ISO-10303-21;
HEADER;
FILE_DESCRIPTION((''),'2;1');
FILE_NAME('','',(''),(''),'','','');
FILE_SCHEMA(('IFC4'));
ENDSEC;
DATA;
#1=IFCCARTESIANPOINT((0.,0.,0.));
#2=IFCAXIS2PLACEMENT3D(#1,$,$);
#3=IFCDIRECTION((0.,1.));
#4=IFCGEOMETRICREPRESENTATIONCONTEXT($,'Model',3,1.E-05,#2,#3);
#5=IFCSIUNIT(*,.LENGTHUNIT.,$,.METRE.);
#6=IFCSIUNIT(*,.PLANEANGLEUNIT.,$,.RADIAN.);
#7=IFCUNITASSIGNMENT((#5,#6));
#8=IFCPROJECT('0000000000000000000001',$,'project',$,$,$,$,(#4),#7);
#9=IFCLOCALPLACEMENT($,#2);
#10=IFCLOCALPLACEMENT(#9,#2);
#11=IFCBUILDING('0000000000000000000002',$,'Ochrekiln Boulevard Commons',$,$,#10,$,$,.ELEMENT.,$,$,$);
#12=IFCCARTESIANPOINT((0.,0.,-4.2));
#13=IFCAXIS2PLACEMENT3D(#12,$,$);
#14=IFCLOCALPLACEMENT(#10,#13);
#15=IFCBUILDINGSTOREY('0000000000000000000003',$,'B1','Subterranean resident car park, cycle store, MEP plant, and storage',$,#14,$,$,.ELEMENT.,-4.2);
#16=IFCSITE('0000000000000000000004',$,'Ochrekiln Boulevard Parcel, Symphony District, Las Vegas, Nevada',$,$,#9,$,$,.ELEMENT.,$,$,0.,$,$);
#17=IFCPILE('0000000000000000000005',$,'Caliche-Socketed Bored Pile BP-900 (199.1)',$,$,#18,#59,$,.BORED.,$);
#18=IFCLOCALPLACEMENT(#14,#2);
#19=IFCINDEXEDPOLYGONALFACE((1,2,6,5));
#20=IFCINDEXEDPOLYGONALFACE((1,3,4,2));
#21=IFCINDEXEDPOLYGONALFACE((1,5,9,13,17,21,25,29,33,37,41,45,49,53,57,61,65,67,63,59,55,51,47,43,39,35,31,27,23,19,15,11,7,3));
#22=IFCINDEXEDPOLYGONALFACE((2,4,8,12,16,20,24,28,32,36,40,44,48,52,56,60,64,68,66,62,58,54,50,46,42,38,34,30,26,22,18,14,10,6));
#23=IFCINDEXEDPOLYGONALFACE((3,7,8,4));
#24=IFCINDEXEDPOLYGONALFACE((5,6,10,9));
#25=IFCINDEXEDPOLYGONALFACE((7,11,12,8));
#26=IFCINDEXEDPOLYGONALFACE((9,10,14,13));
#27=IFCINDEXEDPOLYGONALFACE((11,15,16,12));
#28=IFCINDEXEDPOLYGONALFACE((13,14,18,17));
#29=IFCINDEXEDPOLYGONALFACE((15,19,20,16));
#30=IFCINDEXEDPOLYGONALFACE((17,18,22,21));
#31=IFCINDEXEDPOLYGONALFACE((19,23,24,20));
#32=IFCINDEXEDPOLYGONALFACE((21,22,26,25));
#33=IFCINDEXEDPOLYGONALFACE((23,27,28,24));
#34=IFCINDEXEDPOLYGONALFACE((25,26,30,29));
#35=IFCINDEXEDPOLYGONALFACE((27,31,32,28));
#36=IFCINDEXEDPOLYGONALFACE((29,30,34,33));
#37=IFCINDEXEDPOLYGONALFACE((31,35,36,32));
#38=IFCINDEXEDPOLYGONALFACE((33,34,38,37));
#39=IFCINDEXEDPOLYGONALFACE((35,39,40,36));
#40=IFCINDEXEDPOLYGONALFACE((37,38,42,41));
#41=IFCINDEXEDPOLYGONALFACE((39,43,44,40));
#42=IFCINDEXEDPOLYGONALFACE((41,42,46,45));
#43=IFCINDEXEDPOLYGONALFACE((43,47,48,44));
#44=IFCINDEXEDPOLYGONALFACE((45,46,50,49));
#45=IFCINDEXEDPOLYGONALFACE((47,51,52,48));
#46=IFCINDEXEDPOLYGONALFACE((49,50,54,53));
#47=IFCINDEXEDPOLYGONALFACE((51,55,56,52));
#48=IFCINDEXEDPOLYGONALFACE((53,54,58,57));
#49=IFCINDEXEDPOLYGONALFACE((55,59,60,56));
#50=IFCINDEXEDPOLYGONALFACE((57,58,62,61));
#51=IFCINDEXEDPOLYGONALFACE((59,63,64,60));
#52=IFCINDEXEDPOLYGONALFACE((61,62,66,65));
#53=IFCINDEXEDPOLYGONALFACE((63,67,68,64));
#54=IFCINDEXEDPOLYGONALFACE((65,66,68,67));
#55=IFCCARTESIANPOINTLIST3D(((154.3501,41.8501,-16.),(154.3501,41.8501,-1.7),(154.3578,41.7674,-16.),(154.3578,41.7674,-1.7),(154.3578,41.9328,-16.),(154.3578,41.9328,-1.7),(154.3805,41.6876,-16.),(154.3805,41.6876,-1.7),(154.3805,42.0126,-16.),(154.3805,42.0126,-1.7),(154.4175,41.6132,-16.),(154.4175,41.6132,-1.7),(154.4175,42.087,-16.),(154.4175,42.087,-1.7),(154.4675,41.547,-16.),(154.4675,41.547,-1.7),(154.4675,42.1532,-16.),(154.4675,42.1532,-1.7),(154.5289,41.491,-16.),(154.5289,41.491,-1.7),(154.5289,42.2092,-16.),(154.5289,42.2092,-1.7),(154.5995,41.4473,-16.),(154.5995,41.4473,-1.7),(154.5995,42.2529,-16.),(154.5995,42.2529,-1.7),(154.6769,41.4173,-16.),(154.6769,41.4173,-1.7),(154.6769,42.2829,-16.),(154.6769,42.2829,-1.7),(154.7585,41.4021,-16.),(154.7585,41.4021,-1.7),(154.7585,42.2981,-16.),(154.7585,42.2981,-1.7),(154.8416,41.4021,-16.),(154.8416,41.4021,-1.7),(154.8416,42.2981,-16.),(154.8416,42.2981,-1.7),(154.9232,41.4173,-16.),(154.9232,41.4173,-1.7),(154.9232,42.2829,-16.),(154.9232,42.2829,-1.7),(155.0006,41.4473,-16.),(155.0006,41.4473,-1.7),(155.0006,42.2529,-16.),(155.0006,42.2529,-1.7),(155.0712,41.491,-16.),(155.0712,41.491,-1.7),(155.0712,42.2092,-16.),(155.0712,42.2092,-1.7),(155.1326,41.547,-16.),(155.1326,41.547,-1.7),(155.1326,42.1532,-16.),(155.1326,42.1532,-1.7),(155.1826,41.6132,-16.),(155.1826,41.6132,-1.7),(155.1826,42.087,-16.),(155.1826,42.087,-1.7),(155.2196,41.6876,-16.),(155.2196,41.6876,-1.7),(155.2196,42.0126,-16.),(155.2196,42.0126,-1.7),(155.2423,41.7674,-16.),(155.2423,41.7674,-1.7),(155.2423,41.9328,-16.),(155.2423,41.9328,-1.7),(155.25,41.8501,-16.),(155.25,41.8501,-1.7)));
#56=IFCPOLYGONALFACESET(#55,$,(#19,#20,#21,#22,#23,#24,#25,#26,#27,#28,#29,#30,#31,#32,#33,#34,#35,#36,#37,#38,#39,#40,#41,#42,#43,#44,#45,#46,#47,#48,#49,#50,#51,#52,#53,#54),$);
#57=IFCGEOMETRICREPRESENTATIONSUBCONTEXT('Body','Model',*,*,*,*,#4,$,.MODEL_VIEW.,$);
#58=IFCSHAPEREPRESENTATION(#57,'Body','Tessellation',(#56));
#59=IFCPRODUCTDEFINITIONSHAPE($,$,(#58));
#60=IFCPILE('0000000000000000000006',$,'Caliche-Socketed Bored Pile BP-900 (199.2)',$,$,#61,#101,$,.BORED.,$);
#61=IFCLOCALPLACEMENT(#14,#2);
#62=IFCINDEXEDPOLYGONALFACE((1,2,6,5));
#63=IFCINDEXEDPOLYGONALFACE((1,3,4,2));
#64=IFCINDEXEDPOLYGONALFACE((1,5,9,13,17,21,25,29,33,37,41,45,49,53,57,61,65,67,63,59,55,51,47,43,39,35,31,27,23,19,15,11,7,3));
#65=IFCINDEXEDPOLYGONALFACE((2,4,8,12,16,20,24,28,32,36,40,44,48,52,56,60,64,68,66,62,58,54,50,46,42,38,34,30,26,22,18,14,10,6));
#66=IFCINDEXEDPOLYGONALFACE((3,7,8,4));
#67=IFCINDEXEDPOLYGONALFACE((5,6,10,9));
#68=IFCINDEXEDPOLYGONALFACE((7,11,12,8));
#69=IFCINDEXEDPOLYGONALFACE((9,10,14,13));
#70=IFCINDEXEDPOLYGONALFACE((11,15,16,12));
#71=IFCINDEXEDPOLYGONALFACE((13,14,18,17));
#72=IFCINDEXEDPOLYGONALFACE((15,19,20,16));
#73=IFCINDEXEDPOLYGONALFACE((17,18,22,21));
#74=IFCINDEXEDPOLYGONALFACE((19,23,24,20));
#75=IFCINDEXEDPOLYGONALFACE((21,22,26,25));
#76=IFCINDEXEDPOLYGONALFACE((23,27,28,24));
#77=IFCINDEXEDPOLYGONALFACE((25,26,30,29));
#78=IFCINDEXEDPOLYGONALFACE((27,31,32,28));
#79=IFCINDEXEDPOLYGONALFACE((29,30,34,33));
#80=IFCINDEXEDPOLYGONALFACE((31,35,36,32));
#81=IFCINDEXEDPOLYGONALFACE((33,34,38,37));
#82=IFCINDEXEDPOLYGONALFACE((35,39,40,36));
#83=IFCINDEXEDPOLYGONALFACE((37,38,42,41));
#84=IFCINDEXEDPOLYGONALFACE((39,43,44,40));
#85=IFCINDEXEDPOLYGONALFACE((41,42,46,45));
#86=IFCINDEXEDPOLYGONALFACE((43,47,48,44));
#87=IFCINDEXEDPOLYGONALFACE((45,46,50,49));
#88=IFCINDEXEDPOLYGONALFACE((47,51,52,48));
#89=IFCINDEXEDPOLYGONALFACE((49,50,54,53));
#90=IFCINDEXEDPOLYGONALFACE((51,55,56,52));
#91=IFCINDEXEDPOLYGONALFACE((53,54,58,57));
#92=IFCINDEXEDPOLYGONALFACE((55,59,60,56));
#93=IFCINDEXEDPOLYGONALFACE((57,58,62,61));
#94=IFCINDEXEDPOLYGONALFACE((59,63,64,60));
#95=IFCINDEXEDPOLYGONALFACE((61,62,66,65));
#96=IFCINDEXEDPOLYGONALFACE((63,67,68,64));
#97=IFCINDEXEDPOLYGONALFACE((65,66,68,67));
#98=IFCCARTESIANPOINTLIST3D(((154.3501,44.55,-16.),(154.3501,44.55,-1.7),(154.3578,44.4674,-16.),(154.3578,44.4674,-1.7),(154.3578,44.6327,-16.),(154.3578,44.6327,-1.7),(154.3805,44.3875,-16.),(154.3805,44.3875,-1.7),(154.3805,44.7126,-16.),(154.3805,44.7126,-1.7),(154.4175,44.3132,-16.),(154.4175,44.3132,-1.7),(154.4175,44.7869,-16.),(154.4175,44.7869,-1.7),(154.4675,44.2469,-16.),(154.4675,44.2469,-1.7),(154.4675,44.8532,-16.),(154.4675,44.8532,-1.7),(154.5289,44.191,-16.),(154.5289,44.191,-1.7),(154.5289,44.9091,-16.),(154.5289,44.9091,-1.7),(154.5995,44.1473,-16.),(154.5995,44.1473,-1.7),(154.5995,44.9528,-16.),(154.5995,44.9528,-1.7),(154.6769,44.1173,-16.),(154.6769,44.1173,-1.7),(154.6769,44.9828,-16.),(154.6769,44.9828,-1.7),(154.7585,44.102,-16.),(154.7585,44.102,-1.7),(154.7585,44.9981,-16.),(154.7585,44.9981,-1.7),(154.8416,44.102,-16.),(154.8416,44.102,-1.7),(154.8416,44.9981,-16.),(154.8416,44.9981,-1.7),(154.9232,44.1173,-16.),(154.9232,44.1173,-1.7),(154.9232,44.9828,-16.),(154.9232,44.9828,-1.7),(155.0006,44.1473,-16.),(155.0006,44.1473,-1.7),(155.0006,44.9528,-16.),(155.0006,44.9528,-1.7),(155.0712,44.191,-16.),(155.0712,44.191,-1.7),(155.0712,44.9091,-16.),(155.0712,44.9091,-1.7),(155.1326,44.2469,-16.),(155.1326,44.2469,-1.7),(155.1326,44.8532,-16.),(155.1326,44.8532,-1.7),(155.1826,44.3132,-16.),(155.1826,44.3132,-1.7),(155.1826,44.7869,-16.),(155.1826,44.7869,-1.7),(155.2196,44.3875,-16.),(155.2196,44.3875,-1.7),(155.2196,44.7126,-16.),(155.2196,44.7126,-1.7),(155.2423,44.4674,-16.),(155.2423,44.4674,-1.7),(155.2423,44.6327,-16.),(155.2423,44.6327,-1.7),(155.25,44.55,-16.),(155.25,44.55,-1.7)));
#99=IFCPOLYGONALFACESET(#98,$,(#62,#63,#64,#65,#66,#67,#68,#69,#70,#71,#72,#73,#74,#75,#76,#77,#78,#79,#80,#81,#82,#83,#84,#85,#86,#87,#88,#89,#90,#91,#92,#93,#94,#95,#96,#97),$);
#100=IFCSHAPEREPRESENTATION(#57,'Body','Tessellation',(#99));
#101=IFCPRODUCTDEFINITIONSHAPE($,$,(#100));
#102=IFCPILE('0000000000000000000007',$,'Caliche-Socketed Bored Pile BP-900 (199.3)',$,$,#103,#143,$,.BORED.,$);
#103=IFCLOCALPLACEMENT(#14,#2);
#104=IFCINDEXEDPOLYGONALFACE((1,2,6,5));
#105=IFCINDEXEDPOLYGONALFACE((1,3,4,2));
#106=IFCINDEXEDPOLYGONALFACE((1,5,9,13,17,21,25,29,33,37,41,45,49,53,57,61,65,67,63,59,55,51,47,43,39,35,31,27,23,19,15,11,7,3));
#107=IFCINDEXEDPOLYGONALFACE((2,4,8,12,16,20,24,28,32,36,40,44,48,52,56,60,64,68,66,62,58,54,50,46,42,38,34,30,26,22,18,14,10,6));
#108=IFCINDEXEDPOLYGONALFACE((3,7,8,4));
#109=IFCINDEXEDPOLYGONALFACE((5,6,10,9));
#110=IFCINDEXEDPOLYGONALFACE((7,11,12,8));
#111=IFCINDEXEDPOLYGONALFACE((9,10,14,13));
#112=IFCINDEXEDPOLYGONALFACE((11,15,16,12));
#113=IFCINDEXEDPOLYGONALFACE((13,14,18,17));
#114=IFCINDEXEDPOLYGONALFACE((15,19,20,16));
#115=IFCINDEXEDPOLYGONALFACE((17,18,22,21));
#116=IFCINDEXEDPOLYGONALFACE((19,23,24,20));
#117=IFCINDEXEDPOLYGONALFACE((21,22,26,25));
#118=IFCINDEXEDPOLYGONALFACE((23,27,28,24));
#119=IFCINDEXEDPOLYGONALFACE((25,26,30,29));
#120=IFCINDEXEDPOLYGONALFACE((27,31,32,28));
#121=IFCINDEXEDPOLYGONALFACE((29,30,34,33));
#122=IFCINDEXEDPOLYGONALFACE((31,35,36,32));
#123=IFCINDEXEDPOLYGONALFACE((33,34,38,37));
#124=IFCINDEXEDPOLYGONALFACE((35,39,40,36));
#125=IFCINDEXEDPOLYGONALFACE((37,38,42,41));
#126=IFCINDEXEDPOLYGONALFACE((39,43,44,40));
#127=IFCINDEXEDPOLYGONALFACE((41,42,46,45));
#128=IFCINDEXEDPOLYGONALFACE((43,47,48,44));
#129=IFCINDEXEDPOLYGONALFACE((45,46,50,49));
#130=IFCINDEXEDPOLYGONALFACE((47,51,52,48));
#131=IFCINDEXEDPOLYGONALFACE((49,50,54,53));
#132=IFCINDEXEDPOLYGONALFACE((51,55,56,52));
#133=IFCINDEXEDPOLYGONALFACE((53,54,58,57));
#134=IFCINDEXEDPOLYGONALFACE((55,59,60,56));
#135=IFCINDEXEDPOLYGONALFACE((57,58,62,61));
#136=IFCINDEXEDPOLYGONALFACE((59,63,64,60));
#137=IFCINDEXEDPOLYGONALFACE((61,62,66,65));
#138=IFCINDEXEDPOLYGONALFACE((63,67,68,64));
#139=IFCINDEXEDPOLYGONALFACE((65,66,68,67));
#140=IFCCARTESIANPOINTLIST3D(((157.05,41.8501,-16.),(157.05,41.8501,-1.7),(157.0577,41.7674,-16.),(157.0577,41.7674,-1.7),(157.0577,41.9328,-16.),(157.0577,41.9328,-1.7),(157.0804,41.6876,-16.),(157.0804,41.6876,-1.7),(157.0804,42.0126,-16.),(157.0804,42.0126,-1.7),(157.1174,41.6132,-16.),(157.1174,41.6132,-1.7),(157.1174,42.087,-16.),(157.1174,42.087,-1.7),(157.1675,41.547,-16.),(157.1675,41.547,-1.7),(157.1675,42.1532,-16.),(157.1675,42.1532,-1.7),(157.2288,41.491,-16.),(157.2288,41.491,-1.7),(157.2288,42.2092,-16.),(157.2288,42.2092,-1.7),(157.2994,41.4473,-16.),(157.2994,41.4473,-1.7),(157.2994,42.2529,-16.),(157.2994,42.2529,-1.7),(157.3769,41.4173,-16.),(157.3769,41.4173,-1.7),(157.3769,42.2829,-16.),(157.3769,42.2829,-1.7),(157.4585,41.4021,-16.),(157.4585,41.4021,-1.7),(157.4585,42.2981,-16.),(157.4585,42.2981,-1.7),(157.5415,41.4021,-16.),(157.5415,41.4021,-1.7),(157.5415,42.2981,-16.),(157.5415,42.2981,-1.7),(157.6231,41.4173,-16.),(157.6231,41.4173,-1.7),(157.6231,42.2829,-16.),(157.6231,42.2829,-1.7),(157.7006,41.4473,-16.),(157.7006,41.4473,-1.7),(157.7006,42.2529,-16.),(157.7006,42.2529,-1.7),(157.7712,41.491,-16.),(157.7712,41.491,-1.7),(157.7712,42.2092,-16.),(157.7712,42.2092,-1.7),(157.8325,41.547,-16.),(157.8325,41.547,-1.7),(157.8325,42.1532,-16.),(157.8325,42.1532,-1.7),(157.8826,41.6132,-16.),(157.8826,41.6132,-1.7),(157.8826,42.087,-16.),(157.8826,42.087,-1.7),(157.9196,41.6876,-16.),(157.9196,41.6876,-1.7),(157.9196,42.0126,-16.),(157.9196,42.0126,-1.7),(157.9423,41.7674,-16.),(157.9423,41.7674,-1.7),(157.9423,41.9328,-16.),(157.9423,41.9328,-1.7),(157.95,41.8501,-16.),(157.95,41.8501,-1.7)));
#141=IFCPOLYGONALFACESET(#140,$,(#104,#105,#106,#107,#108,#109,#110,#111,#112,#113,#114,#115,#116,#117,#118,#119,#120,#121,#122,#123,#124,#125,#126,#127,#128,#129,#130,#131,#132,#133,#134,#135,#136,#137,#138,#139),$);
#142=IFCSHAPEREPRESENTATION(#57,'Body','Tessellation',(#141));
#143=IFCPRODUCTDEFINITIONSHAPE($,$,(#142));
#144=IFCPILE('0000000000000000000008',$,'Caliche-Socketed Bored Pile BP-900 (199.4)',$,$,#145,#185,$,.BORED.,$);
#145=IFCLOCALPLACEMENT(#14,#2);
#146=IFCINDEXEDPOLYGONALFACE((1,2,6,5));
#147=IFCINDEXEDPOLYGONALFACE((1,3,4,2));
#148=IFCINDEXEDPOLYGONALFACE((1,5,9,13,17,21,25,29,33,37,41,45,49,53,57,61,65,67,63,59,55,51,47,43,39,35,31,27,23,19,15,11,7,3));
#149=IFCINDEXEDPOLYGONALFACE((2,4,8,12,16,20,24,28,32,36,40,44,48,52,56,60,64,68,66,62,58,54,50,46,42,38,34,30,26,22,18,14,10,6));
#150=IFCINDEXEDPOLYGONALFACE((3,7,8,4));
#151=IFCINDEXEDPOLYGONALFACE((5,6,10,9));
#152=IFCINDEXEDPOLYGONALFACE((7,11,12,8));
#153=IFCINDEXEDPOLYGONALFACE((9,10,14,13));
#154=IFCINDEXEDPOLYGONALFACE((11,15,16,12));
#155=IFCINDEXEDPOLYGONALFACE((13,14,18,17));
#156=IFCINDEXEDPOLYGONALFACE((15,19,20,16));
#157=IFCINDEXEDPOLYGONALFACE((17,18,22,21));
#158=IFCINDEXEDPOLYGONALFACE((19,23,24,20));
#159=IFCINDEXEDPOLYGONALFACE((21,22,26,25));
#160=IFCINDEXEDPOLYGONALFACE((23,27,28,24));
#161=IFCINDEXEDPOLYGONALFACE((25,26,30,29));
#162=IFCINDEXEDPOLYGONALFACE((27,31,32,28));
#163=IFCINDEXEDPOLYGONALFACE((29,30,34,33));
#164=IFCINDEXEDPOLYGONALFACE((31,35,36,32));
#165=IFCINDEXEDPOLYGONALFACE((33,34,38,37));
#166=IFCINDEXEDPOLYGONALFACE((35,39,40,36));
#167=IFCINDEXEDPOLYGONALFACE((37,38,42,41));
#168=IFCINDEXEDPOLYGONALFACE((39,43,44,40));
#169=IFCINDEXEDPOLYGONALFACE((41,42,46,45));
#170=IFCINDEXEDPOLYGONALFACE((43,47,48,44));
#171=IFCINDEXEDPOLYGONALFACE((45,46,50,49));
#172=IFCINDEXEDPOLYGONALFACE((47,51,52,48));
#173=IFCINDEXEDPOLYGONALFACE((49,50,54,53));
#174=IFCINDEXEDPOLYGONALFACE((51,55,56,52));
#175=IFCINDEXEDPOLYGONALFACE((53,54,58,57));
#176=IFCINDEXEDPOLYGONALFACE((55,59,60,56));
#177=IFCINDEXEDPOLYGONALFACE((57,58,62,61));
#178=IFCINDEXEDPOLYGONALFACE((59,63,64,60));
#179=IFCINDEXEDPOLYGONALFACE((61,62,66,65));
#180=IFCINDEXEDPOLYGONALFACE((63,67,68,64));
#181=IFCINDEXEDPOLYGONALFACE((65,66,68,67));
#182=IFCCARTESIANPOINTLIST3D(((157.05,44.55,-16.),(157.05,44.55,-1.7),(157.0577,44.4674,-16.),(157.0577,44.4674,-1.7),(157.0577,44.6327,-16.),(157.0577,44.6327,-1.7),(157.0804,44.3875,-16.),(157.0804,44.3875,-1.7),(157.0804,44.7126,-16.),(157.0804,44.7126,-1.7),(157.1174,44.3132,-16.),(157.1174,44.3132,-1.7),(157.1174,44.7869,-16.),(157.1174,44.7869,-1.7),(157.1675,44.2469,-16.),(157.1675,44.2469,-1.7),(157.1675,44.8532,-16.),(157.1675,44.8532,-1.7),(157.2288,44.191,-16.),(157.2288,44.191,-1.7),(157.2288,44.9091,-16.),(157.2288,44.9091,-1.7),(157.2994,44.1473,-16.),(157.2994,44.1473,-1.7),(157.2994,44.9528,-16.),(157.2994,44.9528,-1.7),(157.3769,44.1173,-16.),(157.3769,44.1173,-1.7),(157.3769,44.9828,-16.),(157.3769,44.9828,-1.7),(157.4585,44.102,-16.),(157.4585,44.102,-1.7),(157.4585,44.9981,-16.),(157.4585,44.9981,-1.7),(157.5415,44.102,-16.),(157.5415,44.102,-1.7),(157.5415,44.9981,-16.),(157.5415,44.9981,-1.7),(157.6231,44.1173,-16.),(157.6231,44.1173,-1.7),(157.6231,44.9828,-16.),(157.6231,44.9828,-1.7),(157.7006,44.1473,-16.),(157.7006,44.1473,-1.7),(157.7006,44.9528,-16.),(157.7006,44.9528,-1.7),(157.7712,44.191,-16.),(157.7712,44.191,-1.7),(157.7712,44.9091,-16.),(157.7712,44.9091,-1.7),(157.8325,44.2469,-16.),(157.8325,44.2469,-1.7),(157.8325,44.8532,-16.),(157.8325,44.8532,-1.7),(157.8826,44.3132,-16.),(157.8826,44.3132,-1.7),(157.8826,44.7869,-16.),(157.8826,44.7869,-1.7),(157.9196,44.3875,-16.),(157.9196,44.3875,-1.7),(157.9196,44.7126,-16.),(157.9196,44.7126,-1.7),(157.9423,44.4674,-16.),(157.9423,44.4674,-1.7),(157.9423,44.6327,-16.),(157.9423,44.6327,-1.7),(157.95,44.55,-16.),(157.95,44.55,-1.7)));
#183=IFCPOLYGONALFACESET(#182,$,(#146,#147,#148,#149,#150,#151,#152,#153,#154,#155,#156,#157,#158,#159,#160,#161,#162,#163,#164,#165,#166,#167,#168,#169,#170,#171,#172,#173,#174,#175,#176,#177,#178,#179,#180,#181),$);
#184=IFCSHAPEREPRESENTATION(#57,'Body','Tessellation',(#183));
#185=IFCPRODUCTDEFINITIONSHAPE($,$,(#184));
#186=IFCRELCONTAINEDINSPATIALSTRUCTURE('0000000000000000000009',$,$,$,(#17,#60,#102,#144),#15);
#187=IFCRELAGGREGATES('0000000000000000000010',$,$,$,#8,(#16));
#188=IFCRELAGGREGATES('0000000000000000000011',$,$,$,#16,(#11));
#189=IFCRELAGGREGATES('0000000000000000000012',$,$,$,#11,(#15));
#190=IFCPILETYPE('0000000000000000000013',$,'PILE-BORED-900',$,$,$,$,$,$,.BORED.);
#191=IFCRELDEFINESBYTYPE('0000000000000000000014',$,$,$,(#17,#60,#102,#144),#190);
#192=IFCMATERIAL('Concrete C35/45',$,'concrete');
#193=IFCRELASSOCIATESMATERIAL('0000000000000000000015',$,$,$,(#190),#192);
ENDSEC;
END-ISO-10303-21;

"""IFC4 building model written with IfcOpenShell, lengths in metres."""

from ifc_helpers import new_model, si_unit, direction, frame, origin, origin_2d, place, context, subcontext, project, spatial, circle, extrude, material, material_profile, profile_set, type_object, element, save


model = new_model("IFC4")

# Units and contexts
model_context = context("Model", 3, precision=1e-05, world=origin(), true_north=direction((0.0, 1.0)))
body_context = subcontext(model_context, "Body", "Model", "MODEL_VIEW")
ifc_project = project(units=[si_unit("LENGTHUNIT", "METRE"), si_unit("PLANEANGLEUNIT", "RADIAN")], contexts=[model_context])

# Site, building, storey
site_placement = place(None, origin())
site = spatial("IfcSite", under=ifc_project, at=site_placement, Name="Ochrekiln Boulevard Parcel, Symphony District, Las Vegas, Nevada", CompositionType="ELEMENT", RefElevation=0.0)
building_placement = place(site_placement, origin())
building = spatial("IfcBuilding", under=site, at=building_placement, Name="Ochrekiln Boulevard Commons", CompositionType="ELEMENT")
storey_placement = place(building_placement, frame((0.0, 0.0, -4.2)))
storey = spatial("IfcBuildingStorey", under=building, at=storey_placement, Name="B1", Description="Subterranean resident car park, cycle store, MEP plant, and storage", CompositionType="ELEMENT", Elevation=-4.2)

# Shared definitions
ifc_material_1 = material(Name="Concrete C35/45", Category="concrete")

# Piles
ifc_material_profile_1 = material_profile(ifc_material_1, circle(Radius=0.45, at=origin_2d()), Name="PILE-D900")
ifc_profile_set_1 = profile_set([ifc_material_profile_1], Name="Concrete C35/45")
pile_type = type_object("IfcPileType", Name="PILE-BORED-900", PredefinedType="BORED", material=ifc_profile_set_1)
for number, where, z_axis, x_axis, name in (
    (1, (154.8, 41.8501, -1.7), (0.0, 0.0, -1.0), (1.0, 0.0, 0.0), "Caliche-Socketed Bored Pile BP-900 (199.1)"),
    (2, (154.8, 44.55, -1.7), (0.0, 0.0, -1.0), (1.0, 0.0, 0.0), "Caliche-Socketed Bored Pile BP-900 (199.2)"),
    (3, (157.5, 41.8501, -1.7), (0.0, 0.0, -1.0), (1.0, 0.0, 0.0), "Caliche-Socketed Bored Pile BP-900 (199.3)"),
    (4, (157.5, 44.55, -1.7), (0.0, 0.0, -1.0), (1.0, 0.0, 0.0), "Caliche-Socketed Bored Pile BP-900 (199.4)"),
):
    element("IfcPile", number, at=place(storey_placement, frame(where, z_axis=z_axis, x_axis=x_axis)), inside=storey, type_object=pile_type, Name=name, PredefinedType="BORED", context=body_context, shape_type="SweptSolid", body=[
        extrude(circle(Radius=0.45, at=origin_2d()), origin(), (0.0, 0.0, 1.0), 14.3),
    ])

save(model, "model.ifc")
